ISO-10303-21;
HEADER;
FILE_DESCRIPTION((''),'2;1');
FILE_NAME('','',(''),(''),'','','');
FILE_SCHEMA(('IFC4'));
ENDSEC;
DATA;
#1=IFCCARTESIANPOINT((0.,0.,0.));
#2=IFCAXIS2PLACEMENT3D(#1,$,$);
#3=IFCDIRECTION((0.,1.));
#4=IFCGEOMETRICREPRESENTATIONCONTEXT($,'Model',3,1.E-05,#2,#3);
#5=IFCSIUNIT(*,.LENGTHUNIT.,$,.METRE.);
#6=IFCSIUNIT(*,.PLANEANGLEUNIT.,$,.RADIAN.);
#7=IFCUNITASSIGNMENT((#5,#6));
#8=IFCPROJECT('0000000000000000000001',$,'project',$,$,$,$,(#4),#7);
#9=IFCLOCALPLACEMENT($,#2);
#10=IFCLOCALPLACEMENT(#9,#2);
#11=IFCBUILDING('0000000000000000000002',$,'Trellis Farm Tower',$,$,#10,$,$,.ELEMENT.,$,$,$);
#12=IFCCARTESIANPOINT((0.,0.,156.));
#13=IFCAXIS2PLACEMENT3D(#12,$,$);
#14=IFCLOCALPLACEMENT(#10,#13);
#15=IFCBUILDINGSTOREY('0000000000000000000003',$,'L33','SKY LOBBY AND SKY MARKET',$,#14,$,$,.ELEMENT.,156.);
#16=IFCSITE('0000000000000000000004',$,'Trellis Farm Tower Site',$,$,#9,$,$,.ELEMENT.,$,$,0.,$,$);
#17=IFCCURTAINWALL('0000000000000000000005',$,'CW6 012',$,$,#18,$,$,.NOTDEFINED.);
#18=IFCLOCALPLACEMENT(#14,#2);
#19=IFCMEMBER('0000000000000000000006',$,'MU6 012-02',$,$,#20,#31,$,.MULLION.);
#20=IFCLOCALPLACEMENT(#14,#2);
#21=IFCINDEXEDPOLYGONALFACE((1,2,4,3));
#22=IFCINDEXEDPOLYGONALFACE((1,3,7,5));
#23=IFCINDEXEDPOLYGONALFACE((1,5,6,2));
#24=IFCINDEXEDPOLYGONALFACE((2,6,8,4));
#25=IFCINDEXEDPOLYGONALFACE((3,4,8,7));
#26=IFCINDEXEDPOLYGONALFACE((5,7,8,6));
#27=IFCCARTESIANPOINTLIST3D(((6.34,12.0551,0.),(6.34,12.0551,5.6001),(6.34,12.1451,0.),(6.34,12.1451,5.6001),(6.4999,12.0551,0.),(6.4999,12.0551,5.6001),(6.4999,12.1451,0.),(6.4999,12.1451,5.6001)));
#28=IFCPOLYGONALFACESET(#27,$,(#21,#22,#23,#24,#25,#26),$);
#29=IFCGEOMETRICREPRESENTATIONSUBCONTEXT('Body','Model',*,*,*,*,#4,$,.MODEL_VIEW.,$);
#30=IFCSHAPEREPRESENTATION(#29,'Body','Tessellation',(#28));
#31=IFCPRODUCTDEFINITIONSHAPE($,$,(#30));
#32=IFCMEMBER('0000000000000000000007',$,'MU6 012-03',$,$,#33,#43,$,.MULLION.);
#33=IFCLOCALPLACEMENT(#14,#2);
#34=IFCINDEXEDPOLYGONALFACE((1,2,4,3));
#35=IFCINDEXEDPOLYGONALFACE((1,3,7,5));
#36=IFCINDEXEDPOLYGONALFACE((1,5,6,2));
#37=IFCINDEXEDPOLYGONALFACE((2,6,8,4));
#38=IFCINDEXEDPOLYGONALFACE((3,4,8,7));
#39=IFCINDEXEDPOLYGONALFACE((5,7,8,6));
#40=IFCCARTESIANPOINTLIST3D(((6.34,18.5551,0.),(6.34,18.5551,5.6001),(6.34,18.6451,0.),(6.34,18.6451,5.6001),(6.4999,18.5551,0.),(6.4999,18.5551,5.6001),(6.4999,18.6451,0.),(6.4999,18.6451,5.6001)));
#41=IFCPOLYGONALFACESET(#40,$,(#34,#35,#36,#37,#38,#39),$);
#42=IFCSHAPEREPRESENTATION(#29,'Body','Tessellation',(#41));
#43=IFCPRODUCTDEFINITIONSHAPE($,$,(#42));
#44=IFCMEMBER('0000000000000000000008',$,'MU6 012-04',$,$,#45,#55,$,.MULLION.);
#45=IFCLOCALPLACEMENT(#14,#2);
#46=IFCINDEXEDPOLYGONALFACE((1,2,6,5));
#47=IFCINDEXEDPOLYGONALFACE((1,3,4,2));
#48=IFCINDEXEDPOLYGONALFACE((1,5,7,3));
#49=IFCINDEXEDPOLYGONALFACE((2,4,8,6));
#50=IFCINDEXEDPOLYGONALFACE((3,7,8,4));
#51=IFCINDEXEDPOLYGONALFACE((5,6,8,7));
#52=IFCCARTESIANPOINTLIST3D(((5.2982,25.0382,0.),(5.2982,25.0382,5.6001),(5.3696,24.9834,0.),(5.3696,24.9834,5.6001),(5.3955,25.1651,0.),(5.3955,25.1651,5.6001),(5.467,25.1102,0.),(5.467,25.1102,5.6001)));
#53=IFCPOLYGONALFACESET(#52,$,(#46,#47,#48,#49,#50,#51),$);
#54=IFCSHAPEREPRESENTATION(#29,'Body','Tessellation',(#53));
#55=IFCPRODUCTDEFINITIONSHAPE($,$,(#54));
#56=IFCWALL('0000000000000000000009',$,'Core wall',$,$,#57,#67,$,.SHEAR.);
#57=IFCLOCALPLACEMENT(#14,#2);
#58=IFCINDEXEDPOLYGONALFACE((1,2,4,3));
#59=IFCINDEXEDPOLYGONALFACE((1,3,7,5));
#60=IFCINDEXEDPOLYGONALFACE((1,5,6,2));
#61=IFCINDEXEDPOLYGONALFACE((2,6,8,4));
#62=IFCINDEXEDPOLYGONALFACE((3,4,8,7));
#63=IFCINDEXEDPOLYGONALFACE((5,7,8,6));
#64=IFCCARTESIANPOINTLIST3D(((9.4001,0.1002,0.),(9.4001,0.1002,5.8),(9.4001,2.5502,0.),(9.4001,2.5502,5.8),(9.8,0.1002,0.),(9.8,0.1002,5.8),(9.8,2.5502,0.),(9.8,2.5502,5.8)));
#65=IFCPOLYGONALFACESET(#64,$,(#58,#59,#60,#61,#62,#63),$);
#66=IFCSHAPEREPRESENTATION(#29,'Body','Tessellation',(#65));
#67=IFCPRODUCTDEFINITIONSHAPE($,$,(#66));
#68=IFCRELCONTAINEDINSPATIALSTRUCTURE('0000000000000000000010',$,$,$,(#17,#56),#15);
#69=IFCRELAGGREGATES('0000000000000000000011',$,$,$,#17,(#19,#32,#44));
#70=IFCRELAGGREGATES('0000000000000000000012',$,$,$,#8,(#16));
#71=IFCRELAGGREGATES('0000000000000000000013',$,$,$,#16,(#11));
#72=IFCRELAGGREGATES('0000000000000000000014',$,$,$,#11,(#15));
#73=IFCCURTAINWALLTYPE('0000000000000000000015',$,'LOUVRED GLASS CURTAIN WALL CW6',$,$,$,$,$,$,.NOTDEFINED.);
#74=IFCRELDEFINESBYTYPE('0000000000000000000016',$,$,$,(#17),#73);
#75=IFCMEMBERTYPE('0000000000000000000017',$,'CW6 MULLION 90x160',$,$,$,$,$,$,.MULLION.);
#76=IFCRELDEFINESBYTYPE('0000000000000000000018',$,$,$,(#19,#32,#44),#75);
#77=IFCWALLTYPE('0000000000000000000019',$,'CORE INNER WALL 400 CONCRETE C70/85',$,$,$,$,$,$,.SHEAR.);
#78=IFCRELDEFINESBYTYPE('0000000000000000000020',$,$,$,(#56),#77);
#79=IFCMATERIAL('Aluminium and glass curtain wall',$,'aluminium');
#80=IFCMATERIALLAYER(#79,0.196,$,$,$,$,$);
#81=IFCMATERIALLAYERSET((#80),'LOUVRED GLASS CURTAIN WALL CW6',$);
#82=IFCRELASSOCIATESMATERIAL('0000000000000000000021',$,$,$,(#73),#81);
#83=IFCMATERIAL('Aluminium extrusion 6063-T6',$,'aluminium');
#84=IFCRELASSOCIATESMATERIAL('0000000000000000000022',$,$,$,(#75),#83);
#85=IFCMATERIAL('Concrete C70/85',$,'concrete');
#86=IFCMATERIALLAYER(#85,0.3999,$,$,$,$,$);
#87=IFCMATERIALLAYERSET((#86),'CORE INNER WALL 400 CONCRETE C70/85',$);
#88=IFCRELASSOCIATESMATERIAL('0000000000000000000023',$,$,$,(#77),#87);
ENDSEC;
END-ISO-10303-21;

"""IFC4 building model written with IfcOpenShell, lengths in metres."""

from ifc_helpers import new_model, si_unit, direction, frame, frame_2d, origin, origin_2d, place, context, subcontext, project, spatial, rectangle, extrude, source, transform, mapped, material, layer, layer_set, material_profile, profile_set, type_object, element, aggregate, save


model = new_model("IFC4")

# Units and contexts
model_context = context("Model", 3, precision=1e-05, world=origin(), true_north=direction((0.0, 1.0)))
body_context = subcontext(model_context, "Body", "Model", "MODEL_VIEW")
ifc_project = project(units=[si_unit("LENGTHUNIT", "METRE"), si_unit("PLANEANGLEUNIT", "RADIAN")], contexts=[model_context])

# Site, building, storey
site_placement = place(None, origin())
site = spatial("IfcSite", under=ifc_project, at=site_placement, Name="Trellis Farm Tower Site", CompositionType="ELEMENT", RefElevation=0.0)
building_placement = place(site_placement, origin())
building = spatial("IfcBuilding", under=site, at=building_placement, Name="Trellis Farm Tower", CompositionType="ELEMENT")
storey_placement = place(building_placement, frame((0.0, 0.0, 156.0)))
storey = spatial("IfcBuildingStorey", under=building, at=storey_placement, Name="L33", Description="SKY LOBBY AND SKY MARKET", CompositionType="ELEMENT", Elevation=156.0)

# Shared definitions
ifc_material_1 = material(Name="Concrete C70/85", Category="concrete")

# Shared definitions
ifc_material_2 = material(Name="Aluminium and glass curtain wall", Category="aluminium")
ifc_layer_1 = layer(ifc_material_2, 0.196)
ifc_layer_set_1 = layer_set([ifc_layer_1], Name="LOUVRED GLASS CURTAIN WALL CW6")
curtain_wall_type = type_object("IfcCurtainWallType", Name="LOUVRED GLASS CURTAIN WALL CW6", PredefinedType="NOTDEFINED", material=ifc_layer_set_1)
placement = place(storey_placement, origin())
ifc_material_3 = material(Name="Aluminium extrusion 6063-T6", Category="aluminium")
ifc_material_profile_1 = material_profile(ifc_material_3, rectangle(XDim=0.0901, YDim=0.1599, at=origin_2d()), Name="MULLION 90x160")
ifc_profile_set_1 = profile_set([ifc_material_profile_1], Name="Aluminium extrusion 6063-T6")
member_type = type_object("IfcMemberType", Name="CW6 MULLION 90x160", PredefinedType="MULLION", material=ifc_profile_set_1)
shared_shape_1 = source(origin(), body_context, "Body", "SweptSolid", [
    extrude(rectangle(XDim=0.0901, YDim=0.1599, at=origin_2d()), origin(), (0.0, 0.0, 1.0), 5.6001),
])

# Curtain wall, members
curtain_wall_1 = element("IfcCurtainWall", 1, at=placement, inside=storey, type_object=curtain_wall_type, Name="CW6 012", PredefinedType="NOTDEFINED")
member_1_placement = place(storey_placement, frame((6.4199, 12.1001, 0.0), z_axis=(0.0, 0.0, 1.0), x_axis=(0.0, 1.0, 0.0)))
member_1 = element("IfcMember", 2, at=member_1_placement, type_object=member_type, Name="MU6 012-02", PredefinedType="MULLION", context=body_context, shape_type="MappedRepresentation", body=[
    mapped(shared_shape_1, transform((0.0, 0.0, 0.0))),
])
member_2_placement = place(storey_placement, frame((6.4199, 18.6001, 0.0), z_axis=(0.0, 0.0, 1.0), x_axis=(0.0, 1.0, 0.0)))
member_2 = element("IfcMember", 3, at=member_2_placement, type_object=member_type, Name="MU6 012-03", PredefinedType="MULLION", context=body_context, shape_type="MappedRepresentation", body=[
    mapped(shared_shape_1, transform((0.0, 0.0, 0.0))),
])
member_3_placement = place(storey_placement, frame((5.3826, 25.0742, 0.0), z_axis=(0.0, 0.0, 1.0), x_axis=(-0.793353, 0.608761, 0.0)))
member_3 = element("IfcMember", 4, at=member_3_placement, type_object=member_type, Name="MU6 012-04", PredefinedType="MULLION", context=body_context, shape_type="MappedRepresentation", body=[
    mapped(shared_shape_1, transform((0.0, 0.0, 0.0))),
])
aggregate(curtain_wall_1, [member_1, member_2, member_3])

# Wall
ifc_layer_2 = layer(ifc_material_1, 0.3999)
ifc_layer_set_2 = layer_set([ifc_layer_2], Name="CORE INNER WALL 400 CONCRETE C70/85")
wall_type_1 = type_object("IfcWallType", Name="CORE INNER WALL 400 CONCRETE C70/85", PredefinedType="SHEAR", material=ifc_layer_set_2)
shared_shape_2 = source(origin(), body_context, "Body", "SweptSolid", [
    extrude(rectangle(XDim=2.45, YDim=0.3999, at=frame_2d((1.2251, 0.0))), origin(), (0.0, 0.0, 1.0), 5.8),
])
wall_1_placement = place(storey_placement, frame((9.6001, 0.1001, 0.0), z_axis=(0.0, 0.0, 1.0), x_axis=(0.0, 1.0, 0.0)))
element("IfcWall", 5, at=wall_1_placement, inside=storey, type_object=wall_type_1, Name="Core wall", PredefinedType="SHEAR", context=body_context, shape_type="MappedRepresentation", body=[
    mapped(shared_shape_2, transform((0.0, 0.0, 0.0))),
])

save(model, "model.ifc")
